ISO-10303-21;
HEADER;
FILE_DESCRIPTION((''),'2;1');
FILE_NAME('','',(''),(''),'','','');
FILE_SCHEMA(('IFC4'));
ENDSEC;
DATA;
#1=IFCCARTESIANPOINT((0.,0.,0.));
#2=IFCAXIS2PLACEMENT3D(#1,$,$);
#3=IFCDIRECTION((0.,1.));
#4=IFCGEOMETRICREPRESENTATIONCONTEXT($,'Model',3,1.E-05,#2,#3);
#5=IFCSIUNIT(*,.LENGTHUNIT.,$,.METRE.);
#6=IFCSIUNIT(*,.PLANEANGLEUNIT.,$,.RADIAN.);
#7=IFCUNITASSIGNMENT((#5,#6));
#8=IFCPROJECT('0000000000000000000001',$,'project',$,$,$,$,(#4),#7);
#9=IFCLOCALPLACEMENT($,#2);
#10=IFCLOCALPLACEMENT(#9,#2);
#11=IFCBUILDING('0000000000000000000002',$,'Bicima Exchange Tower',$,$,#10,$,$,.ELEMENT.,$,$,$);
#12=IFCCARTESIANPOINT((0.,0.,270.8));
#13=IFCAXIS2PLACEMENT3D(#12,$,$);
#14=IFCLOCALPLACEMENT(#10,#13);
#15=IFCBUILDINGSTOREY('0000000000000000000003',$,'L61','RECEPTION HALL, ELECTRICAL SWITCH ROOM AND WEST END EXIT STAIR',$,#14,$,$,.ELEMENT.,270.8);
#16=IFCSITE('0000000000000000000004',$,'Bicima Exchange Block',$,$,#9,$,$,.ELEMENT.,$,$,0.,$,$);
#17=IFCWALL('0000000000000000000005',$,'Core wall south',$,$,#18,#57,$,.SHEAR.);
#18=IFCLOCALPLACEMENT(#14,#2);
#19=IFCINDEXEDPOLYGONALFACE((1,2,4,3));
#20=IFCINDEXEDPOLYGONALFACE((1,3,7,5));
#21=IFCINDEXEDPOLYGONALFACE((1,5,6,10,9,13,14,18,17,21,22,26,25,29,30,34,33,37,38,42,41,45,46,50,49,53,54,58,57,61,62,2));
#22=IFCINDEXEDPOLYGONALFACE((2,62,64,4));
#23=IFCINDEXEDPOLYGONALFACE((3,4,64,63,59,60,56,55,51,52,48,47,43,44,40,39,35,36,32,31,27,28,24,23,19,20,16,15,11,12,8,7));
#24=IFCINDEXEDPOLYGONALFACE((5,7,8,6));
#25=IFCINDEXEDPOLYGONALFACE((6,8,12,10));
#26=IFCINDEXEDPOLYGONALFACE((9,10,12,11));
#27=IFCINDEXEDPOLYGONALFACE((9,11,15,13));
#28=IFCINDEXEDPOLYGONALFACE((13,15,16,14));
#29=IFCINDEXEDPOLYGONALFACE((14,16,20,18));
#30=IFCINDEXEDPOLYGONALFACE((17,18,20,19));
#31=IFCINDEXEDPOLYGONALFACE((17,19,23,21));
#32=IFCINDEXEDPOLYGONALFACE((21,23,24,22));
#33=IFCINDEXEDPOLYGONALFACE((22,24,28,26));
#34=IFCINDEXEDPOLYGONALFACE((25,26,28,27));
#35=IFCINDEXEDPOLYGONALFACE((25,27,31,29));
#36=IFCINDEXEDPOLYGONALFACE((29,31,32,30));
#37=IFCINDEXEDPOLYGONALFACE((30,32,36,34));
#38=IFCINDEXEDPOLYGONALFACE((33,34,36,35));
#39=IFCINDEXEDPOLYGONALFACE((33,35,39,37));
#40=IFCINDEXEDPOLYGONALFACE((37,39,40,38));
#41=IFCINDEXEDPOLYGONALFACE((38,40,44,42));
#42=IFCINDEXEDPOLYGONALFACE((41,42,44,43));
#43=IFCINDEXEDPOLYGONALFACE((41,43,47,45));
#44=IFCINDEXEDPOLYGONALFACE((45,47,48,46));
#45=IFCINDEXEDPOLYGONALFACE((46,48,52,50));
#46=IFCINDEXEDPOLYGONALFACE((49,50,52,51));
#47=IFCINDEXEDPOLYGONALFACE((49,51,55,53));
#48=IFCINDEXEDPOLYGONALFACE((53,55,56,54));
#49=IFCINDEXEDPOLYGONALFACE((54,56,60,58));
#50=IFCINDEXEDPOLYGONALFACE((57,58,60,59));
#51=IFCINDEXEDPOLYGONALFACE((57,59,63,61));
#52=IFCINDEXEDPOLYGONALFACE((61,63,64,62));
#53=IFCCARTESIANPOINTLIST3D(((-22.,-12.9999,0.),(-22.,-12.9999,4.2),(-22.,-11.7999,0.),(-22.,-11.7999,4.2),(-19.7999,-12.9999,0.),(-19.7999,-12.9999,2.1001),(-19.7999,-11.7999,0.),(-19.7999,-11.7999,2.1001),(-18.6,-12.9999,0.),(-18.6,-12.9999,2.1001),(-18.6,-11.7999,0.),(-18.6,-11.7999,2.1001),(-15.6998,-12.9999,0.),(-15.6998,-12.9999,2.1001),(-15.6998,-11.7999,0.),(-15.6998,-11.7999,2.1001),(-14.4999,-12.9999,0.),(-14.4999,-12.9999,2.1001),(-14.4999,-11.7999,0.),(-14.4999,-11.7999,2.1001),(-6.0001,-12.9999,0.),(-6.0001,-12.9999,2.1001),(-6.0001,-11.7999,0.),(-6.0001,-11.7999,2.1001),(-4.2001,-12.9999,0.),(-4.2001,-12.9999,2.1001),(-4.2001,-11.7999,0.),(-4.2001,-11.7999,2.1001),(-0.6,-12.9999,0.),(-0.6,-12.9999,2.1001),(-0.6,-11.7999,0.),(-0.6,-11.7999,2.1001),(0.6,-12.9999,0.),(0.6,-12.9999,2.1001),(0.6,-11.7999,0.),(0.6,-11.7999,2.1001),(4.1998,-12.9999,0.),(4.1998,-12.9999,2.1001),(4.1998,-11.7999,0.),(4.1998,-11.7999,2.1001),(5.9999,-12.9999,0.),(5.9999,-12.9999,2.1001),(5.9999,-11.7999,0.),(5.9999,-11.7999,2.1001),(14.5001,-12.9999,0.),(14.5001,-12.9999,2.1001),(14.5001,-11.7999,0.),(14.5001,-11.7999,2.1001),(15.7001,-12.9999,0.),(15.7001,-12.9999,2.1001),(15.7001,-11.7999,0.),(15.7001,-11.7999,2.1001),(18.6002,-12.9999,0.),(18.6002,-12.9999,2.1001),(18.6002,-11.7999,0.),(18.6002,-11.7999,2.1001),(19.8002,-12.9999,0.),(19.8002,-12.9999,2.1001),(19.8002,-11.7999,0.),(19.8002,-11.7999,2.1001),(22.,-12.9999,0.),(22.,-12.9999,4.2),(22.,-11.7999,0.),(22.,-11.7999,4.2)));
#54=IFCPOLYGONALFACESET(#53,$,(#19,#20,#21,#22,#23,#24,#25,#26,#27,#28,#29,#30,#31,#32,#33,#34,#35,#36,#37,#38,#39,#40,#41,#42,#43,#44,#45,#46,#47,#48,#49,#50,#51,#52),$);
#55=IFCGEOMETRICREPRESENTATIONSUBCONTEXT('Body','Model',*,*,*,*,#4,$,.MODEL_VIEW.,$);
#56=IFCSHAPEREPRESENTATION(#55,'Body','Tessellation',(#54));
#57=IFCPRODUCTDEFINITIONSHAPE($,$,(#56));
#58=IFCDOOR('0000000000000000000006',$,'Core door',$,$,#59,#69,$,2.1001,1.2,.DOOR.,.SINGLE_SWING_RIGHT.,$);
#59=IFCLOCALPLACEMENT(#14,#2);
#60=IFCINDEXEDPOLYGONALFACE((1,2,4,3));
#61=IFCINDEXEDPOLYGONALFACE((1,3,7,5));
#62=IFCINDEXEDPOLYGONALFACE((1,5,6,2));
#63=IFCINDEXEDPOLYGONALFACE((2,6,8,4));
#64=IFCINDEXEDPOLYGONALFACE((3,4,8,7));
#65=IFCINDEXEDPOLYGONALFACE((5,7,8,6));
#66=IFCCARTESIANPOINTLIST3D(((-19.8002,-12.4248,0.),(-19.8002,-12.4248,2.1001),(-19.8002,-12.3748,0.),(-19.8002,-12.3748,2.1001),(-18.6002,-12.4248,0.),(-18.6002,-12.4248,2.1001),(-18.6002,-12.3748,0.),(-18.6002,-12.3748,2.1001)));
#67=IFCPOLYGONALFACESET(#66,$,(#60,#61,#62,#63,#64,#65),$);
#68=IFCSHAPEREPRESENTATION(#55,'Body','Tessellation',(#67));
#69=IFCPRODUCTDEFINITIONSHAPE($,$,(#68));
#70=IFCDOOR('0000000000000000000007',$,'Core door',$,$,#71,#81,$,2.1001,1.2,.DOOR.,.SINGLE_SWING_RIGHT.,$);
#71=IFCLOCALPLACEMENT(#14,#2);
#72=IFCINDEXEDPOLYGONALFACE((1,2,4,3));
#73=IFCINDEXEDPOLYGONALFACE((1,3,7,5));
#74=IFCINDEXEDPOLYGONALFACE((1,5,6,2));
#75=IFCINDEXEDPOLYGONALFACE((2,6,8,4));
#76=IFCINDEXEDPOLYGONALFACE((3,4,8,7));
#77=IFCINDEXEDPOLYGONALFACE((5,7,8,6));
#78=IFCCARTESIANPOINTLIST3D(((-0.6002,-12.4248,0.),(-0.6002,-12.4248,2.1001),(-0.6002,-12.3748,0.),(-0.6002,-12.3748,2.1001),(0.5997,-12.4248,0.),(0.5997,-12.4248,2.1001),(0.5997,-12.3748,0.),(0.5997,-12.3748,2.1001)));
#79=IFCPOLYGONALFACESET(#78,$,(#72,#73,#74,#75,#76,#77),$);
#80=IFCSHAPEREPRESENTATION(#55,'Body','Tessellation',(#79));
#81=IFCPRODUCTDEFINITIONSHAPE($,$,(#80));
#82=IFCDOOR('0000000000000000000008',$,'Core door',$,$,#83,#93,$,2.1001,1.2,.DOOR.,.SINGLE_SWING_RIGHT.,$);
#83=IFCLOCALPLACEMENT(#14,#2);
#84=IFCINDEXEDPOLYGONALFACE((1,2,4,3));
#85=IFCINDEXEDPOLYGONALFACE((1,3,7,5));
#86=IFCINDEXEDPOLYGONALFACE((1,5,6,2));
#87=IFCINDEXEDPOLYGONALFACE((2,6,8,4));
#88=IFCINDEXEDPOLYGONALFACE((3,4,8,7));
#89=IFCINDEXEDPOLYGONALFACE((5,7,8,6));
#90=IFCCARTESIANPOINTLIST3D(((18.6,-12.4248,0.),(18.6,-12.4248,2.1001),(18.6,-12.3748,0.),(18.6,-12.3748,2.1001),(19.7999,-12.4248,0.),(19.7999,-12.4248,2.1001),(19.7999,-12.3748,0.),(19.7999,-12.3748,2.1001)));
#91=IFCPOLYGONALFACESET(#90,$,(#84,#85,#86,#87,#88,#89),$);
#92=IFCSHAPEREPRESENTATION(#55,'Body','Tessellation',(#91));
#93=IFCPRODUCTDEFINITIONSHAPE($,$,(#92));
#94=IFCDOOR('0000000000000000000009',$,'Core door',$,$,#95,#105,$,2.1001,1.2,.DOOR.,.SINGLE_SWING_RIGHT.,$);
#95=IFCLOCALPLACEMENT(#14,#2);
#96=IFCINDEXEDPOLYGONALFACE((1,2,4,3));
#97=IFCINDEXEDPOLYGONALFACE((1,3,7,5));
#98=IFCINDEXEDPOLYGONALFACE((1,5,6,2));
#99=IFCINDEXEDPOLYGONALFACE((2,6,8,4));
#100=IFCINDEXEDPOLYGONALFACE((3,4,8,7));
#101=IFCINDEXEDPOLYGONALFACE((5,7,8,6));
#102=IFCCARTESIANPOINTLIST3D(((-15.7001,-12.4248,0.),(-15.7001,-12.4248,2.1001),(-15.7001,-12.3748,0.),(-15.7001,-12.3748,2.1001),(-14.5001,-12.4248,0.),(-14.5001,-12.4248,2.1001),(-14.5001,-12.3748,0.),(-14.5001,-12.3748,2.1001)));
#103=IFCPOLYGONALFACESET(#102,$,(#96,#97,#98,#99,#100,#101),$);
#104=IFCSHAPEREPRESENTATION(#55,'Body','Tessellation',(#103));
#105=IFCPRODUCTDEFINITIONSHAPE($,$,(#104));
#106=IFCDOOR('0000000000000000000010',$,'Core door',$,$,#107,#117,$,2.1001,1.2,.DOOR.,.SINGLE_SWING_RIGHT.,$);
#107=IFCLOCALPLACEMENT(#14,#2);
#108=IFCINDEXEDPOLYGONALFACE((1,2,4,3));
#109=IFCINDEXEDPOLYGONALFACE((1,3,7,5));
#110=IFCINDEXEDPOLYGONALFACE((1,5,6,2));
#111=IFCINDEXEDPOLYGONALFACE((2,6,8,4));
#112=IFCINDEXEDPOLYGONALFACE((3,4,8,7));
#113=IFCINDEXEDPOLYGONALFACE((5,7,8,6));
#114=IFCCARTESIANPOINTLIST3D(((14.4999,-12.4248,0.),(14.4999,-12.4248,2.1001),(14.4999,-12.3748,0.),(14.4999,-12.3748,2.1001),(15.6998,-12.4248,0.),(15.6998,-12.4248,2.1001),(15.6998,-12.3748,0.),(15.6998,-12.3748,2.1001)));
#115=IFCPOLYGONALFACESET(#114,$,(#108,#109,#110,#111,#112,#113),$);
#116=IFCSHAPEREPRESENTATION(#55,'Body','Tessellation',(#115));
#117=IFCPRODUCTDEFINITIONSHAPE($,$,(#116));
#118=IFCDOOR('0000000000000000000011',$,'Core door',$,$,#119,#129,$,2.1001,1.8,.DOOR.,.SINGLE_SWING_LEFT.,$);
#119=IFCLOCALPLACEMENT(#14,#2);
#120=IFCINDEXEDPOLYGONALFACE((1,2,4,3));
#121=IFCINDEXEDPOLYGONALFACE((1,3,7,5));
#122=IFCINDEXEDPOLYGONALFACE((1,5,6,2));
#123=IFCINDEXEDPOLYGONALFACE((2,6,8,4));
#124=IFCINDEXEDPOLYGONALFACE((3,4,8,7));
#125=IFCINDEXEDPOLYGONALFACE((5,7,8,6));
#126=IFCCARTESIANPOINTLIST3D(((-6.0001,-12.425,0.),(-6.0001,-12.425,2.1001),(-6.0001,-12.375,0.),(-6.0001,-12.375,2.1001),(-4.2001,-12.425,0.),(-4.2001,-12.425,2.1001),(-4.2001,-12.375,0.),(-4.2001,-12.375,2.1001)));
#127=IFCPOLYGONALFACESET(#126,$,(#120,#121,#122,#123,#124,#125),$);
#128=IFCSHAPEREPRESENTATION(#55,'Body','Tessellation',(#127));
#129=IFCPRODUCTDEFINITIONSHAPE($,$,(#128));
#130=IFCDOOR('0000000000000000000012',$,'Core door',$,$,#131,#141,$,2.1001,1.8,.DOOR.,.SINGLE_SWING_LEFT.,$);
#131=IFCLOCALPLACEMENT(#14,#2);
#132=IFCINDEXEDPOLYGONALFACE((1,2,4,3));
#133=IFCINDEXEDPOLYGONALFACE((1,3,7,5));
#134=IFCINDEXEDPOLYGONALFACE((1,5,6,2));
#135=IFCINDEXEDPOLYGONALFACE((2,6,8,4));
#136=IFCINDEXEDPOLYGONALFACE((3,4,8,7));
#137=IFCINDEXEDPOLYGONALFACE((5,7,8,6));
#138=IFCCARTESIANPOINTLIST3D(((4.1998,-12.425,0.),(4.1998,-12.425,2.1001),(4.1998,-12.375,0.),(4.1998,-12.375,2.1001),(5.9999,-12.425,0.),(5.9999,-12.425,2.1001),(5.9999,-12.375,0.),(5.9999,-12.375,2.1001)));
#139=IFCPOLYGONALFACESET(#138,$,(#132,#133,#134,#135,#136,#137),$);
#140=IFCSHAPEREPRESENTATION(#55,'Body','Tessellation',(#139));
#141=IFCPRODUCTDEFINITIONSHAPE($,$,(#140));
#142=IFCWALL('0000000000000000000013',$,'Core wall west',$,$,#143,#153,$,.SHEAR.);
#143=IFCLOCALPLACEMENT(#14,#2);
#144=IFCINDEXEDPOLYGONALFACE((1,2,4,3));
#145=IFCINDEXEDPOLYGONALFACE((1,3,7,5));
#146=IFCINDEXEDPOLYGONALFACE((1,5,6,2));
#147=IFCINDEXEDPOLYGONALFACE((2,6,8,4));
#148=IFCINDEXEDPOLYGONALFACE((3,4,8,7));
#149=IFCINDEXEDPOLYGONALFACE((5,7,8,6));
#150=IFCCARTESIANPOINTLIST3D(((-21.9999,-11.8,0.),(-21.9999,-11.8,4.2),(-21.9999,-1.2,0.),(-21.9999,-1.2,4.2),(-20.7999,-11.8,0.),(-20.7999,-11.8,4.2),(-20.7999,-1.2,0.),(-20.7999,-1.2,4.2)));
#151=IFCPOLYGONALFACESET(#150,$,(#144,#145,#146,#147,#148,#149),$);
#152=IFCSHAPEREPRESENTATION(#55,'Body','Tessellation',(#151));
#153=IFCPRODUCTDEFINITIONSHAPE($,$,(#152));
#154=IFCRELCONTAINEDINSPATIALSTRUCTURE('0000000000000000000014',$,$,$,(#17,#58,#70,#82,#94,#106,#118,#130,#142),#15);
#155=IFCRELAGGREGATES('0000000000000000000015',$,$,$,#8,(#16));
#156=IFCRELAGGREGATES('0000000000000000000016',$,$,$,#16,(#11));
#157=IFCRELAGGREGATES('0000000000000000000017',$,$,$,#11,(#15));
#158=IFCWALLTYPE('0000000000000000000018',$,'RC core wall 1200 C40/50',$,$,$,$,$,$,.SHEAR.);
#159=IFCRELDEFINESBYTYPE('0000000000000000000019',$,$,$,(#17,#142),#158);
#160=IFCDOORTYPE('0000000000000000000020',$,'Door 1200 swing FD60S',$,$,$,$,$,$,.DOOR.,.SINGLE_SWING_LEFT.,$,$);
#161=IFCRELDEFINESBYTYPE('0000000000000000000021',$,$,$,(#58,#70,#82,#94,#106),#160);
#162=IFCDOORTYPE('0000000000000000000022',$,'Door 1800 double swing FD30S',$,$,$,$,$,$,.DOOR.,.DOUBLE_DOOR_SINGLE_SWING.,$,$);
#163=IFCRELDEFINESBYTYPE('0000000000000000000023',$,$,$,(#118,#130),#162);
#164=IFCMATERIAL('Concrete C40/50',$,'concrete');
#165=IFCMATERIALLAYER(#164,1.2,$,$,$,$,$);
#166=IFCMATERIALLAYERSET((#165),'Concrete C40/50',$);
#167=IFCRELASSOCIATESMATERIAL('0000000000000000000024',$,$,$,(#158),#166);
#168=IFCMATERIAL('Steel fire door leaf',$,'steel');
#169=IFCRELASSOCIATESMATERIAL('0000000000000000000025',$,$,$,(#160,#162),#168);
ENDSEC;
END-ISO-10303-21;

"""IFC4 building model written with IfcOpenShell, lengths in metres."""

from ifc_helpers import new_model, si_unit, direction, frame, frame_2d, origin, place, context, subcontext, project, spatial, rectangle, extrude, material, layer, layer_set, type_object, element, fill, save


model = new_model("IFC4")

# Units and contexts
model_context = context("Model", 3, precision=1e-05, world=origin(), true_north=direction((0.0, 1.0)))
body_context = subcontext(model_context, "Body", "Model", "MODEL_VIEW")
ifc_project = project(units=[si_unit("LENGTHUNIT", "METRE"), si_unit("PLANEANGLEUNIT", "RADIAN")], contexts=[model_context])

# Site, building, storey
site_placement = place(None, origin())
site = spatial("IfcSite", under=ifc_project, at=site_placement, Name="Bicima Exchange Block", CompositionType="ELEMENT", RefElevation=0.0)
building_placement = place(site_placement, origin())
building = spatial("IfcBuilding", under=site, at=building_placement, Name="Bicima Exchange Tower", CompositionType="ELEMENT")
storey_placement = place(building_placement, frame((0.0, 0.0, 270.8)))
storey = spatial("IfcBuildingStorey", under=building, at=storey_placement, Name="L61", Description="RECEPTION HALL, ELECTRICAL SWITCH ROOM AND WEST END EXIT STAIR", CompositionType="ELEMENT", Elevation=270.8)

# Wall, openings, doors
ifc_material_1 = material(Name="Concrete C40/50", Category="concrete")
ifc_layer_1 = layer(ifc_material_1, 1.2)
ifc_layer_set_1 = layer_set([ifc_layer_1], Name="Concrete C40/50")
wall_type_1 = type_object("IfcWallType", Name="RC core wall 1200 C40/50", PredefinedType="SHEAR", material=ifc_layer_set_1)
wall_1_placement = place(storey_placement, frame((-22.0, -12.3999, 0.0), z_axis=(0.0, 0.0, 1.0), x_axis=(1.0, 0.0, 0.0)))
wall_1 = element("IfcWall", 1, at=wall_1_placement, inside=storey, type_object=wall_type_1, Name="Core wall south", PredefinedType="SHEAR", context=body_context, shape_type="SweptSolid", body=[
    extrude(rectangle(XDim=44.0, YDim=1.2, at=frame_2d((22.0, 0.0))), origin(), (0.0, 0.0, 1.0), 4.2),
])
opening_1_placement = place(wall_1_placement, frame((2.2, 0.0, 0.0)))
opening_1 = element("IfcOpeningElement", 2, at=opening_1_placement, cuts=wall_1, PredefinedType="OPENING", context=body_context, shape_type="SweptSolid", body=[
    extrude(rectangle(XDim=1.2, YDim=2.1001, at=frame_2d((0.6001, 1.05))), frame((0.0, 0.6118, 0.0), z_axis=(0.0, -1.0, 0.0), x_axis=(1.0, 0.0, 0.0)), (0.0, 0.0, 1.0), 1.2239),
])
opening_2_placement = place(wall_1_placement, frame((21.3999, 0.0, 0.0)))
opening_2 = element("IfcOpeningElement", 3, at=opening_2_placement, cuts=wall_1, PredefinedType="OPENING", context=body_context, shape_type="SweptSolid", body=[
    extrude(rectangle(XDim=1.2, YDim=2.1001, at=frame_2d((0.6001, 1.05))), frame((0.0, 0.6118, 0.0), z_axis=(0.0, -1.0, 0.0), x_axis=(1.0, 0.0, 0.0)), (0.0, 0.0, 1.0), 1.2239),
])
opening_3_placement = place(wall_1_placement, frame((40.6001, 0.0, 0.0)))
opening_3 = element("IfcOpeningElement", 4, at=opening_3_placement, cuts=wall_1, PredefinedType="OPENING", context=body_context, shape_type="SweptSolid", body=[
    extrude(rectangle(XDim=1.2, YDim=2.1001, at=frame_2d((0.6001, 1.05))), frame((0.0, 0.6118, 0.0), z_axis=(0.0, -1.0, 0.0), x_axis=(1.0, 0.0, 0.0)), (0.0, 0.0, 1.0), 1.2239),
])
opening_4_placement = place(wall_1_placement, frame((16.0, 0.0, 0.0)))
opening_4 = element("IfcOpeningElement", 5, at=opening_4_placement, cuts=wall_1, PredefinedType="OPENING", context=body_context, shape_type="SweptSolid", body=[
    extrude(rectangle(XDim=1.8, YDim=2.1001, at=frame_2d((0.8999, 1.05))), frame((0.0, 0.6118, 0.0), z_axis=(0.0, -1.0, 0.0), x_axis=(1.0, 0.0, 0.0)), (0.0, 0.0, 1.0), 1.2239),
])
opening_5_placement = place(wall_1_placement, frame((6.3, 0.0, 0.0)))
opening_5 = element("IfcOpeningElement", 6, at=opening_5_placement, cuts=wall_1, PredefinedType="OPENING", context=body_context, shape_type="SweptSolid", body=[
    extrude(rectangle(XDim=1.2, YDim=2.1001, at=frame_2d((0.6001, 1.05))), frame((0.0, 0.6118, 0.0), z_axis=(0.0, -1.0, 0.0), x_axis=(1.0, 0.0, 0.0)), (0.0, 0.0, 1.0), 1.2239),
])
opening_6_placement = place(wall_1_placement, frame((26.2, 0.0, 0.0)))
opening_6 = element("IfcOpeningElement", 7, at=opening_6_placement, cuts=wall_1, PredefinedType="OPENING", context=body_context, shape_type="SweptSolid", body=[
    extrude(rectangle(XDim=1.8, YDim=2.1001, at=frame_2d((0.8999, 1.05))), frame((0.0, 0.6118, 0.0), z_axis=(0.0, -1.0, 0.0), x_axis=(1.0, 0.0, 0.0)), (0.0, 0.0, 1.0), 1.2239),
])
opening_7_placement = place(wall_1_placement, frame((36.5, 0.0, 0.0)))
opening_7 = element("IfcOpeningElement", 8, at=opening_7_placement, cuts=wall_1, PredefinedType="OPENING", context=body_context, shape_type="SweptSolid", body=[
    extrude(rectangle(XDim=1.2, YDim=2.1001, at=frame_2d((0.6001, 1.05))), frame((0.0, 0.6118, 0.0), z_axis=(0.0, -1.0, 0.0), x_axis=(1.0, 0.0, 0.0)), (0.0, 0.0, 1.0), 1.2239),
])
ifc_material_2 = material(Name="Steel fire door leaf", Category="steel")
door_type_1 = type_object("IfcDoorType", Name="Door 1200 swing FD60S", OperationType="SINGLE_SWING_LEFT", PredefinedType="DOOR", material=ifc_material_2)
door_1_placement = place(opening_1_placement, frame((1.2, 0.0, 0.0), z_axis=(0.0, 0.0, 1.0), x_axis=(-1.0, 0.0, 0.0)))
door_1 = element("IfcDoor", 9, at=door_1_placement, inside=storey, type_object=door_type_1, Name="Core door", OperationType="SINGLE_SWING_RIGHT", OverallHeight=2.1001, OverallWidth=1.2, PredefinedType="DOOR", context=body_context, shape_type="SweptSolid", body=[
    extrude(rectangle(XDim=1.2, YDim=2.1001, at=frame_2d((0.6001, 1.05))), frame((0.0, 0.0249, 0.0), z_axis=(0.0, -1.0, 0.0), x_axis=(1.0, 0.0, 0.0)), (0.0, 0.0, 1.0), 0.05),
])
fill(opening_1, door_1)
door_2_placement = place(opening_2_placement, frame((1.2, 0.0, 0.0), z_axis=(0.0, 0.0, 1.0), x_axis=(-1.0, 0.0, 0.0)))
door_2 = element("IfcDoor", 10, at=door_2_placement, inside=storey, type_object=door_type_1, Name="Core door", OperationType="SINGLE_SWING_RIGHT", OverallHeight=2.1001, OverallWidth=1.2, PredefinedType="DOOR", context=body_context, shape_type="SweptSolid", body=[
    extrude(rectangle(XDim=1.2, YDim=2.1001, at=frame_2d((0.6001, 1.05))), frame((0.0, 0.0249, 0.0), z_axis=(0.0, -1.0, 0.0), x_axis=(1.0, 0.0, 0.0)), (0.0, 0.0, 1.0), 0.05),
])
fill(opening_2, door_2)
door_3_placement = place(opening_3_placement, frame((1.2, 0.0, 0.0), z_axis=(0.0, 0.0, 1.0), x_axis=(-1.0, 0.0, 0.0)))
door_3 = element("IfcDoor", 11, at=door_3_placement, inside=storey, type_object=door_type_1, Name="Core door", OperationType="SINGLE_SWING_RIGHT", OverallHeight=2.1001, OverallWidth=1.2, PredefinedType="DOOR", context=body_context, shape_type="SweptSolid", body=[
    extrude(rectangle(XDim=1.2, YDim=2.1001, at=frame_2d((0.6001, 1.05))), frame((0.0, 0.0249, 0.0), z_axis=(0.0, -1.0, 0.0), x_axis=(1.0, 0.0, 0.0)), (0.0, 0.0, 1.0), 0.05),
])
fill(opening_3, door_3)
door_4_placement = place(opening_5_placement, frame((1.2, 0.0, 0.0), z_axis=(0.0, 0.0, 1.0), x_axis=(-1.0, 0.0, 0.0)))
door_4 = element("IfcDoor", 12, at=door_4_placement, inside=storey, type_object=door_type_1, Name="Core door", OperationType="SINGLE_SWING_RIGHT", OverallHeight=2.1001, OverallWidth=1.2, PredefinedType="DOOR", context=body_context, shape_type="SweptSolid", body=[
    extrude(rectangle(XDim=1.2, YDim=2.1001, at=frame_2d((0.6001, 1.05))), frame((0.0, 0.0249, 0.0), z_axis=(0.0, -1.0, 0.0), x_axis=(1.0, 0.0, 0.0)), (0.0, 0.0, 1.0), 0.05),
])
fill(opening_5, door_4)
door_5_placement = place(opening_7_placement, frame((1.2, 0.0, 0.0), z_axis=(0.0, 0.0, 1.0), x_axis=(-1.0, 0.0, 0.0)))
door_5 = element("IfcDoor", 13, at=door_5_placement, inside=storey, type_object=door_type_1, Name="Core door", OperationType="SINGLE_SWING_RIGHT", OverallHeight=2.1001, OverallWidth=1.2, PredefinedType="DOOR", context=body_context, shape_type="SweptSolid", body=[
    extrude(rectangle(XDim=1.2, YDim=2.1001, at=frame_2d((0.6001, 1.05))), frame((0.0, 0.0249, 0.0), z_axis=(0.0, -1.0, 0.0), x_axis=(1.0, 0.0, 0.0)), (0.0, 0.0, 1.0), 0.05),
])
fill(opening_7, door_5)
door_type_2 = type_object("IfcDoorType", Name="Door 1800 double swing FD30S", OperationType="DOUBLE_DOOR_SINGLE_SWING", PredefinedType="DOOR", material=ifc_material_2)
door_6_placement = place(opening_4_placement, origin())
door_6 = element("IfcDoor", 14, at=door_6_placement, inside=storey, type_object=door_type_2, Name="Core door", OperationType="SINGLE_SWING_LEFT", OverallHeight=2.1001, OverallWidth=1.8, PredefinedType="DOOR", context=body_context, shape_type="SweptSolid", body=[
    extrude(rectangle(XDim=1.8, YDim=2.1001, at=frame_2d((0.8999, 1.05))), frame((0.0, 0.0249, 0.0), z_axis=(0.0, -1.0, 0.0), x_axis=(1.0, 0.0, 0.0)), (0.0, 0.0, 1.0), 0.05),
])
fill(opening_4, door_6)
door_7_placement = place(opening_6_placement, origin())
door_7 = element("IfcDoor", 15, at=door_7_placement, inside=storey, type_object=door_type_2, Name="Core door", OperationType="SINGLE_SWING_LEFT", OverallHeight=2.1001, OverallWidth=1.8, PredefinedType="DOOR", context=body_context, shape_type="SweptSolid", body=[
    extrude(rectangle(XDim=1.8, YDim=2.1001, at=frame_2d((0.8999, 1.05))), frame((0.0, 0.0249, 0.0), z_axis=(0.0, -1.0, 0.0), x_axis=(1.0, 0.0, 0.0)), (0.0, 0.0, 1.0), 0.05),
])
fill(opening_6, door_7)

# Wall
wall_2_placement = place(storey_placement, frame((-21.3999, -11.8, 0.0), z_axis=(0.0, 0.0, 1.0), x_axis=(0.0, 1.0, 0.0)))
element("IfcWall", 16, at=wall_2_placement, inside=storey, type_object=wall_type_1, Name="Core wall west", PredefinedType="SHEAR", context=body_context, shape_type="SweptSolid", body=[
    extrude(rectangle(XDim=10.6001, YDim=1.2, at=frame_2d((5.3, 0.0))), origin(), (0.0, 0.0, 1.0), 4.2),
])

save(model, "model.ifc")
